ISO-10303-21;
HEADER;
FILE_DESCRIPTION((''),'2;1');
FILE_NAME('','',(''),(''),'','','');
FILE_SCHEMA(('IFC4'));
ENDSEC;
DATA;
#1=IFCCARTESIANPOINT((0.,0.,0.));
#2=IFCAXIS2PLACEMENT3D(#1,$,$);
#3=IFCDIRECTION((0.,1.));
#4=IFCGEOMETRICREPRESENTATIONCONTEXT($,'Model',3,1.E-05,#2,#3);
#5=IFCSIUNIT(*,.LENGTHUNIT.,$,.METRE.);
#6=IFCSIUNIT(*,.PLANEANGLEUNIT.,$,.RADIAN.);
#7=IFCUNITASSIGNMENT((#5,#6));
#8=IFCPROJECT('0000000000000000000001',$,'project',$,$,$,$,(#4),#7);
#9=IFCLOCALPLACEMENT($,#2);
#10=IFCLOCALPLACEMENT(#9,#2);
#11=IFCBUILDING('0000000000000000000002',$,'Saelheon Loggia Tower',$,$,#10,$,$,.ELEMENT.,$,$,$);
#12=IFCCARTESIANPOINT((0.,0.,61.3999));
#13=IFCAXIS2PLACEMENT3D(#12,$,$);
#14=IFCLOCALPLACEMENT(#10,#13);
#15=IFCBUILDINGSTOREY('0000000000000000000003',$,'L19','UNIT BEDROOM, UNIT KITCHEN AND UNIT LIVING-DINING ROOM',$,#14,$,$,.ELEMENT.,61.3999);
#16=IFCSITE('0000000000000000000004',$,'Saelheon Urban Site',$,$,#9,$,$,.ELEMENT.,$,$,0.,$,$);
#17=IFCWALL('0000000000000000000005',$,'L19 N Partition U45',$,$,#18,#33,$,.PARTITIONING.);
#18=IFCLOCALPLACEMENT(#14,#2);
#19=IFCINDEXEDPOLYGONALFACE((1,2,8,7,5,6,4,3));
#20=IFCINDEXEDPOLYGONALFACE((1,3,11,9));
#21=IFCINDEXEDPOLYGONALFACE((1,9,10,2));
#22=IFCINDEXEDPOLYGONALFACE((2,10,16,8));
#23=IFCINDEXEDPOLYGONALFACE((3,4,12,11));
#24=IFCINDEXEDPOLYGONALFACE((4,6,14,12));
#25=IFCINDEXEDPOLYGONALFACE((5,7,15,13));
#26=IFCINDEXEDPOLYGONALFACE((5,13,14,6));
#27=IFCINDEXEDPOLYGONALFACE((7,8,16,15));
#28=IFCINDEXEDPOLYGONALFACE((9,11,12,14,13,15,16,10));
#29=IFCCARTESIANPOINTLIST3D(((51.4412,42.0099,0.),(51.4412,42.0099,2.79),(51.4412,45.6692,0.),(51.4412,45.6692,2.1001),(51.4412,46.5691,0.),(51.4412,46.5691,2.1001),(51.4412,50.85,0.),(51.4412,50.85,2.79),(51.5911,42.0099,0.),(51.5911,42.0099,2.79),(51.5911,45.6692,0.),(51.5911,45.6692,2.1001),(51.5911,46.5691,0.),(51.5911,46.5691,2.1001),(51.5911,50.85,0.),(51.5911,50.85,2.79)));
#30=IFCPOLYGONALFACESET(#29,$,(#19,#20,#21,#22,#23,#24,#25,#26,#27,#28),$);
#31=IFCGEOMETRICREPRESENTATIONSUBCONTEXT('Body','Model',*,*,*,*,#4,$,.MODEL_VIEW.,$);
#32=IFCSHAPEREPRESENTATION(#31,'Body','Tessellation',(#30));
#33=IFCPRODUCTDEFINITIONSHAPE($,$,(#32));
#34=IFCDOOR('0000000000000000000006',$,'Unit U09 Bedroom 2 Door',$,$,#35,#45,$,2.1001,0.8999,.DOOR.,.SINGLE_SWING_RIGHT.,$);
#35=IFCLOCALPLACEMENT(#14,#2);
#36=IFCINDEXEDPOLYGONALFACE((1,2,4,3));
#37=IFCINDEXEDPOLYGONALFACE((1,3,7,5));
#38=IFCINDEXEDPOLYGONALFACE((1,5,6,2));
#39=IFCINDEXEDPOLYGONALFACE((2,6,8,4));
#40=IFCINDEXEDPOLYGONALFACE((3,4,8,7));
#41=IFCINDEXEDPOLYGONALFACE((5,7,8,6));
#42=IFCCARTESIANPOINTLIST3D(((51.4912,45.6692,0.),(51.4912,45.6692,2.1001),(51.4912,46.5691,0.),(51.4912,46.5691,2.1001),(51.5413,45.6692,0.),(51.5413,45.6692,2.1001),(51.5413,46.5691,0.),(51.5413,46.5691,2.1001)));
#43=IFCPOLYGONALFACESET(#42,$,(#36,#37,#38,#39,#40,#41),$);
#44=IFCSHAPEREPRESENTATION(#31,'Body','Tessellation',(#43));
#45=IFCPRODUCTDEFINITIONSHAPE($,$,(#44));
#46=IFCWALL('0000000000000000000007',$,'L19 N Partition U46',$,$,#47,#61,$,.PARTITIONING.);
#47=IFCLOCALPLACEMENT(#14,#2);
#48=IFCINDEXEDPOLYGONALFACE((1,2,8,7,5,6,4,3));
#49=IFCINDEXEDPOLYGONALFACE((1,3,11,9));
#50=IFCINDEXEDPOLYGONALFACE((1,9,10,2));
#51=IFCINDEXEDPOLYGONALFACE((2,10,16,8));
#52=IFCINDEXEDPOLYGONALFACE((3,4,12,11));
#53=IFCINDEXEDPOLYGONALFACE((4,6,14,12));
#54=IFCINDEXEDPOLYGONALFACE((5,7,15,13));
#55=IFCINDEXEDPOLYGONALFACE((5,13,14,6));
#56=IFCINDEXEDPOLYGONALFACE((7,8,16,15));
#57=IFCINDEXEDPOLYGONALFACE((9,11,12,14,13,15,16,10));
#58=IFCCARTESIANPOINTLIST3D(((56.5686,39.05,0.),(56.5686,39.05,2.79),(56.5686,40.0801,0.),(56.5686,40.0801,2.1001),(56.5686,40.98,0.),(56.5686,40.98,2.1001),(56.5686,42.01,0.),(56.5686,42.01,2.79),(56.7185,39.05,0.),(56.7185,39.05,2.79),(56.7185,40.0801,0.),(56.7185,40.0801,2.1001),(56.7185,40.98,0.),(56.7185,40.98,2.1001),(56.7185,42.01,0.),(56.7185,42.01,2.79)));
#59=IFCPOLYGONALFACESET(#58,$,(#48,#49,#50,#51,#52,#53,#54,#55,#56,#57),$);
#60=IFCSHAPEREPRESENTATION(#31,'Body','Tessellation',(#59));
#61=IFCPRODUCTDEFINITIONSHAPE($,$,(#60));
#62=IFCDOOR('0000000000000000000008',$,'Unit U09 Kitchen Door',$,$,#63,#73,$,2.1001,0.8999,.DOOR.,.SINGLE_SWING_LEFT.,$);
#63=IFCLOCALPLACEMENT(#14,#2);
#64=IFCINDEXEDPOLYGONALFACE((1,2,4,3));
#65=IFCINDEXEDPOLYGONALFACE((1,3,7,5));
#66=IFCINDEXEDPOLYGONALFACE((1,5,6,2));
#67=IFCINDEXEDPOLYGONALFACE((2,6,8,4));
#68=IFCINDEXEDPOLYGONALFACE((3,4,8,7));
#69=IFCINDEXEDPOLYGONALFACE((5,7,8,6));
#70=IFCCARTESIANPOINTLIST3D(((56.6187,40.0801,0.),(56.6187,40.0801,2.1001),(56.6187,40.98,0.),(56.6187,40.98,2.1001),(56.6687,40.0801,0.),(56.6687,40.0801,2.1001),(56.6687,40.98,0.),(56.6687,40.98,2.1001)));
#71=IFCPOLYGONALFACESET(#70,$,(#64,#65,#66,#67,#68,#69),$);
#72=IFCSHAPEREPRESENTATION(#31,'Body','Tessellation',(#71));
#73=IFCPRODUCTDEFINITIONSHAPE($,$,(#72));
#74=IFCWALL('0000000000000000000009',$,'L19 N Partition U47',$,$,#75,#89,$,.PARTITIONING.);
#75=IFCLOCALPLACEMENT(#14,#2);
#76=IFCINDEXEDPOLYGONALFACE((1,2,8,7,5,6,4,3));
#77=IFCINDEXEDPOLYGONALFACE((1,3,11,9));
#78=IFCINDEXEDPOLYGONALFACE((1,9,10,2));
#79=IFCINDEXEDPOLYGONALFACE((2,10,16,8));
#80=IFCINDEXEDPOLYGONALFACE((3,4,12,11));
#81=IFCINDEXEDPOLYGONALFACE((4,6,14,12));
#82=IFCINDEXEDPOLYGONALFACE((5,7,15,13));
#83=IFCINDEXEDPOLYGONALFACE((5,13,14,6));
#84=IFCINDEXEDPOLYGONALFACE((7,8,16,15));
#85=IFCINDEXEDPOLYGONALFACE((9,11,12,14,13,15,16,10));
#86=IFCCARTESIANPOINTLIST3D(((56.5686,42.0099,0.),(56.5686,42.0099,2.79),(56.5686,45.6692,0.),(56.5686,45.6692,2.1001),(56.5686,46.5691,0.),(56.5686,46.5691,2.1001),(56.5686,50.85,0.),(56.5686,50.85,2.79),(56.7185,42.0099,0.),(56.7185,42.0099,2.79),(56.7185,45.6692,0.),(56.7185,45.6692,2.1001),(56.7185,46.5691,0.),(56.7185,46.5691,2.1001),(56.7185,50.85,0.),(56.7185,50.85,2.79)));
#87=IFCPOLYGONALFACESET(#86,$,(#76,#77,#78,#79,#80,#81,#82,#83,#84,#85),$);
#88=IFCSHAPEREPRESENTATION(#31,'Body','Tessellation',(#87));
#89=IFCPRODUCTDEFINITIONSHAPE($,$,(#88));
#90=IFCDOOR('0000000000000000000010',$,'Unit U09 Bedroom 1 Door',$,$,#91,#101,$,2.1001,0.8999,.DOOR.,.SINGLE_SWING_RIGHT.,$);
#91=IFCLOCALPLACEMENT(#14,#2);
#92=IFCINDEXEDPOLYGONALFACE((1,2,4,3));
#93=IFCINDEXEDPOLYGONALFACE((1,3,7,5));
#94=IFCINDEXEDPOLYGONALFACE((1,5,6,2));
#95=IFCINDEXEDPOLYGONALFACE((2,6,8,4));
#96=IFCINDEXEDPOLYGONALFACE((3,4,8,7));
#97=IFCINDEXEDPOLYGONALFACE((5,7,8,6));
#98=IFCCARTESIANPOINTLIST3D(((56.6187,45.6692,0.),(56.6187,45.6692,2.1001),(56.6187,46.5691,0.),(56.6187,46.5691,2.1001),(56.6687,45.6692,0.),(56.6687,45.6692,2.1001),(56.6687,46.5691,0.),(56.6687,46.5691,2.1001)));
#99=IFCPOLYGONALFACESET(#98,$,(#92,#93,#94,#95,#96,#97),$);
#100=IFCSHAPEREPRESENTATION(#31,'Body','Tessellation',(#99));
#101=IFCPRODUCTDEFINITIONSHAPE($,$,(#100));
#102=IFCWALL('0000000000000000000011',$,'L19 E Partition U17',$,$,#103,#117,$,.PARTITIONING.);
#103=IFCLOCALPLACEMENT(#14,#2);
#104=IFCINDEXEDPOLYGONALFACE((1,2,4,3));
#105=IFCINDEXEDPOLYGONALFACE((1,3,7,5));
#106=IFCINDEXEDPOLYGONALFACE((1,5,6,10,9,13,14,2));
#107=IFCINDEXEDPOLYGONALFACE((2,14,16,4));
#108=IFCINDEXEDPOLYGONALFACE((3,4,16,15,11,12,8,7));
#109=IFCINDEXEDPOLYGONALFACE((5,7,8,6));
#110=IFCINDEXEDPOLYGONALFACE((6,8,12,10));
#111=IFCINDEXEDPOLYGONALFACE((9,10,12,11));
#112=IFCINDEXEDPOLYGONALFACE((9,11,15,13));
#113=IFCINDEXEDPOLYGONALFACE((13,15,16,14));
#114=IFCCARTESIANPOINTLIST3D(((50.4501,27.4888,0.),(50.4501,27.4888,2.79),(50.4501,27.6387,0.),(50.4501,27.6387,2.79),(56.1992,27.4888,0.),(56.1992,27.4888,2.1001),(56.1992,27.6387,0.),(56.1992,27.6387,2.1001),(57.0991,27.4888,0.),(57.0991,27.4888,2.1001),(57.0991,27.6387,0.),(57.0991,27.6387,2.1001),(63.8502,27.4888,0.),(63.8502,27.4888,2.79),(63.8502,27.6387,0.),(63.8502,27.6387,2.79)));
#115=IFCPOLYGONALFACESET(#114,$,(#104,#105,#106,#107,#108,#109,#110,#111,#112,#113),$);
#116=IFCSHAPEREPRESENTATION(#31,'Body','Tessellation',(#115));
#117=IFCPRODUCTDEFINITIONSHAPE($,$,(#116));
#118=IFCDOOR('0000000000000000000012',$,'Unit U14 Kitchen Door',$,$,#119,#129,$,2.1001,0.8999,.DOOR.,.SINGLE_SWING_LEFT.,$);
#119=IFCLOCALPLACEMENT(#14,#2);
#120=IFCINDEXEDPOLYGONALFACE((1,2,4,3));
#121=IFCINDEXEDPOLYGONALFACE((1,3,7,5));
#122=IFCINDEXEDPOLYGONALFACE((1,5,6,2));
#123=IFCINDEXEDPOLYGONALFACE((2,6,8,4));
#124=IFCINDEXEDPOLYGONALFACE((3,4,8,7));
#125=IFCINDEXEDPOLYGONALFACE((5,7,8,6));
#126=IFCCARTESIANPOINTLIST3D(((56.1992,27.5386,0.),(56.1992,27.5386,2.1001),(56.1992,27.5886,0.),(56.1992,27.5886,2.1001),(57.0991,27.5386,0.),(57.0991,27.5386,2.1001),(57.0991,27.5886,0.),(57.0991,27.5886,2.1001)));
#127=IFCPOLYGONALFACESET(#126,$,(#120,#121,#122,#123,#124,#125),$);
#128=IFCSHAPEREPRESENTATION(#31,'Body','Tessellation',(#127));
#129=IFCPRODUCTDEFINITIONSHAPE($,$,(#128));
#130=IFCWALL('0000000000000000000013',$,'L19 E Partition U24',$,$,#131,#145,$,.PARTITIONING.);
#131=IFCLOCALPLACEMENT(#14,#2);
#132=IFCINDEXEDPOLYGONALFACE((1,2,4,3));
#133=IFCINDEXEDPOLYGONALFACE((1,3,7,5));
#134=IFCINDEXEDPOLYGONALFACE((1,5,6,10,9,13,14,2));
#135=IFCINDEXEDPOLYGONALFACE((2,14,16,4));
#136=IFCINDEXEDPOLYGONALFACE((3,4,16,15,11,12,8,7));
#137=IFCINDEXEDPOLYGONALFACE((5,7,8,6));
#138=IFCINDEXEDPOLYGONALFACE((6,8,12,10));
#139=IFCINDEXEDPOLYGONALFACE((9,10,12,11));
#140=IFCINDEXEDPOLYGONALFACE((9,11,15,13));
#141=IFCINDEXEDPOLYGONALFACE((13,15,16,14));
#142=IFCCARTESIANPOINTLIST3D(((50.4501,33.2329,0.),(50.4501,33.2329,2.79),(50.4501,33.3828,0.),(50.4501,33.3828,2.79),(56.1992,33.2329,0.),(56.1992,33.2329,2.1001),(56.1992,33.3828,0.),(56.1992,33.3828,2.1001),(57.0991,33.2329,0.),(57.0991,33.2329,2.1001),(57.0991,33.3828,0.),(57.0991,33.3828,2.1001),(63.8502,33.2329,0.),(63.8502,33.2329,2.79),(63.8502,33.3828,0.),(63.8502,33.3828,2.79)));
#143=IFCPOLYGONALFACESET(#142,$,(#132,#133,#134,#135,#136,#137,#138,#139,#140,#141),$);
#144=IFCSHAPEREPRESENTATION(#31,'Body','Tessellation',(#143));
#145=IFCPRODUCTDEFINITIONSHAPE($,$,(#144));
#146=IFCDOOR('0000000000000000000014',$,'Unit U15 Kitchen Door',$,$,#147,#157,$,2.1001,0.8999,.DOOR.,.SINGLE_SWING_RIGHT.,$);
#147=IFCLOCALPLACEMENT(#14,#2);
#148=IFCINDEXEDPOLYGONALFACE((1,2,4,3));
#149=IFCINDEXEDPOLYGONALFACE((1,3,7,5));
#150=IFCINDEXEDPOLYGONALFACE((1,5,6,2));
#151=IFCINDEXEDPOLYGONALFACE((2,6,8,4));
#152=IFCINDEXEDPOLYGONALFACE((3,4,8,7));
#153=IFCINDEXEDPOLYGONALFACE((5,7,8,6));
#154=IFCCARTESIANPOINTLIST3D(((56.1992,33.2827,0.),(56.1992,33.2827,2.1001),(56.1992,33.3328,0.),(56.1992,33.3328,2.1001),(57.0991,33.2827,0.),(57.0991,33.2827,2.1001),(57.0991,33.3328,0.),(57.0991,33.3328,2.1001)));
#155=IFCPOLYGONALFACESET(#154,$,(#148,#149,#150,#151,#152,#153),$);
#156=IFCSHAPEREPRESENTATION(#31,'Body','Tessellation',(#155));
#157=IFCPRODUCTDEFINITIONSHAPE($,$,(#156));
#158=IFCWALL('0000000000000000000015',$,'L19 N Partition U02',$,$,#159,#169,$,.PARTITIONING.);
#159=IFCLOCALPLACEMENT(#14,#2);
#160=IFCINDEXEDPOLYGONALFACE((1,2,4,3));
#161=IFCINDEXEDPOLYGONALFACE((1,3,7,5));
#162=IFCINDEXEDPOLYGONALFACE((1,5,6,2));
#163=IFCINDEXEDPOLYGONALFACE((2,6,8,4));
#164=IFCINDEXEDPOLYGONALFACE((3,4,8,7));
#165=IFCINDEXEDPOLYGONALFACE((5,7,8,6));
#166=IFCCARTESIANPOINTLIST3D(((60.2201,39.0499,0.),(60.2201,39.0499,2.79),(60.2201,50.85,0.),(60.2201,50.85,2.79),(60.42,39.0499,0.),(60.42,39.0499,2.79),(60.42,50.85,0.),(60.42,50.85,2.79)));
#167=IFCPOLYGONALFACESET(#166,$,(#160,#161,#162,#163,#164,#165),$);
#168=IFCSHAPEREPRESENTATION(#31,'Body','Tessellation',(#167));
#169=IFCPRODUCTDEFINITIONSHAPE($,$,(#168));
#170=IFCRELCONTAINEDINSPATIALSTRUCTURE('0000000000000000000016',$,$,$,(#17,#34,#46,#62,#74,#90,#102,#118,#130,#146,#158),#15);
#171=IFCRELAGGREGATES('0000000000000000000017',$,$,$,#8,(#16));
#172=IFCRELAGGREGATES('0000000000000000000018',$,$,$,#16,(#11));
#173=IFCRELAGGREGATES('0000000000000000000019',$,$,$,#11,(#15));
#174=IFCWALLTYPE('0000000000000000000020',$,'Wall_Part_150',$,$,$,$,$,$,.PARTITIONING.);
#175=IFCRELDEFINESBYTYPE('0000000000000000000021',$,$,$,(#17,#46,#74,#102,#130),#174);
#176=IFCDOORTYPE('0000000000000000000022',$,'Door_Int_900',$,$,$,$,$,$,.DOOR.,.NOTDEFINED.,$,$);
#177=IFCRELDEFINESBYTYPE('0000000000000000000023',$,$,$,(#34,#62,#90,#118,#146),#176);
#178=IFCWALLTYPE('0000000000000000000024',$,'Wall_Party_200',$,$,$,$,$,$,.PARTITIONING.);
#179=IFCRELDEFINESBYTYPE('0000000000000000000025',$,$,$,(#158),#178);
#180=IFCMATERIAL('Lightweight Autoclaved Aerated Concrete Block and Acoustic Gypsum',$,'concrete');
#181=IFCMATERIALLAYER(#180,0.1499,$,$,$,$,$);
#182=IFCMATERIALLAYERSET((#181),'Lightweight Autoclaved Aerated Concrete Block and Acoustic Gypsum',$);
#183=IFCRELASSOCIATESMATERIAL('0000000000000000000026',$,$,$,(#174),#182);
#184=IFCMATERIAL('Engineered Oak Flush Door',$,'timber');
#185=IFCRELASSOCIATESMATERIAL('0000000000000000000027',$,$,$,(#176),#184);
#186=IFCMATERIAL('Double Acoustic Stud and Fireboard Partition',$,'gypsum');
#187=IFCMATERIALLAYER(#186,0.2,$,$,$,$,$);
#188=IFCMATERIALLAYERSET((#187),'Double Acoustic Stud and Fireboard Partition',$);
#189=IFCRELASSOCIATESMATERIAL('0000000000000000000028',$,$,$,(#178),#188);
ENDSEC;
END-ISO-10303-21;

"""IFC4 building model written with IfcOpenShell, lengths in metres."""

from ifc_helpers import new_model, si_unit, direction, frame, frame_2d, origin, place, context, subcontext, project, spatial, rectangle, extrude, source, transform, mapped, material, layer, layer_set, type_object, element, fill, save


model = new_model("IFC4")

# Units and contexts
model_context = context("Model", 3, precision=1e-05, world=origin(), true_north=direction((0.0, 1.0)))
body_context = subcontext(model_context, "Body", "Model", "MODEL_VIEW")
ifc_project = project(units=[si_unit("LENGTHUNIT", "METRE"), si_unit("PLANEANGLEUNIT", "RADIAN")], contexts=[model_context])

# Site, building, storey
site_placement = place(None, origin())
site = spatial("IfcSite", under=ifc_project, at=site_placement, Name="Saelheon Urban Site", CompositionType="ELEMENT", RefElevation=0.0)
building_placement = place(site_placement, origin())
building = spatial("IfcBuilding", under=site, at=building_placement, Name="Saelheon Loggia Tower", CompositionType="ELEMENT")
storey_placement = place(building_placement, frame((0.0, 0.0, 61.3999)))
storey = spatial("IfcBuildingStorey", under=building, at=storey_placement, Name="L19", Description="UNIT BEDROOM, UNIT KITCHEN AND UNIT LIVING-DINING ROOM", CompositionType="ELEMENT", Elevation=61.3999)

# Shared definitions
ifc_material_1 = material(Name="Lightweight Autoclaved Aerated Concrete Block and Acoustic Gypsum", Category="concrete")
ifc_layer_1 = layer(ifc_material_1, 0.1499)
ifc_layer_set_1 = layer_set([ifc_layer_1], Name="Lightweight Autoclaved Aerated Concrete Block and Acoustic Gypsum")
wall_type_1 = type_object("IfcWallType", Name="Wall_Part_150", PredefinedType="PARTITIONING", material=ifc_layer_set_1)

# Walls, openings, doors
wall_1_placement = place(storey_placement, frame((51.5161, 42.01, 0.0), z_axis=(0.0, 0.0, 1.0), x_axis=(0.0, 1.0, 0.0)))
wall_1 = element("IfcWall", 1, at=wall_1_placement, inside=storey, type_object=wall_type_1, Name="L19 N Partition U45", PredefinedType="PARTITIONING", context=body_context, shape_type="SweptSolid", body=[
    extrude(rectangle(XDim=8.8401, YDim=0.1499, at=frame_2d((4.4199, 0.0))), origin(), (0.0, 0.0, 1.0), 2.79),
])
opening_1_placement = place(wall_1_placement, frame((3.6592, 0.0, 0.0)))
opening_1 = element("IfcOpeningElement", 2, at=opening_1_placement, cuts=wall_1, PredefinedType="OPENING", context=body_context, shape_type="SweptSolid", body=[
    extrude(rectangle(XDim=0.8999, YDim=2.1001, at=frame_2d((0.45, 1.05))), frame((0.0, 0.0869, 0.0), z_axis=(0.0, -1.0, 0.0), x_axis=(1.0, 0.0, 0.0)), (0.0, 0.0, 1.0), 0.1738),
])
ifc_material_2 = material(Name="Engineered Oak Flush Door", Category="timber")
door_type_1 = type_object("IfcDoorType", Name="Door_Int_900", OperationType="NOTDEFINED", PredefinedType="DOOR", material=ifc_material_2)
shared_shape_1 = source(origin(), body_context, "Body", "SweptSolid", [
    extrude(rectangle(XDim=0.8999, YDim=2.1001, at=frame_2d((0.45, 1.05))), frame((0.0, 0.0249, 0.0), z_axis=(0.0, -1.0, 0.0), x_axis=(1.0, 0.0, 0.0)), (0.0, 0.0, 1.0), 0.05),
])
door_1_placement = place(opening_1_placement, origin())
door_1 = element("IfcDoor", 3, at=door_1_placement, inside=storey, type_object=door_type_1, Name="Unit U09 Bedroom 2 Door", OperationType="SINGLE_SWING_RIGHT", OverallHeight=2.1001, OverallWidth=0.8999, PredefinedType="DOOR", context=body_context, shape_type="MappedRepresentation", body=[
    mapped(shared_shape_1, transform((0.0, 0.0, 0.0), scale=1.0)),
])
fill(opening_1, door_1)
wall_2_placement = place(storey_placement, frame((56.6436, 39.05, 0.0), z_axis=(0.0, 0.0, 1.0), x_axis=(0.0, 1.0, 0.0)))
wall_2 = element("IfcWall", 4, at=wall_2_placement, inside=storey, type_object=wall_type_1, Name="L19 N Partition U46", PredefinedType="PARTITIONING", context=body_context, shape_type="SweptSolid", body=[
    extrude(rectangle(XDim=2.96, YDim=0.1499, at=frame_2d((1.48, 0.0))), origin(), (0.0, 0.0, 1.0), 2.79),
])
opening_2_placement = place(wall_2_placement, frame((1.03, 0.0, 0.0)))
opening_2 = element("IfcOpeningElement", 5, at=opening_2_placement, cuts=wall_2, PredefinedType="OPENING", context=body_context, shape_type="SweptSolid", body=[
    extrude(rectangle(XDim=0.8999, YDim=2.1001, at=frame_2d((0.45, 1.05))), frame((0.0, 0.0869, 0.0), z_axis=(0.0, -1.0, 0.0), x_axis=(1.0, 0.0, 0.0)), (0.0, 0.0, 1.0), 0.1738),
])
door_2_placement = place(opening_2_placement, origin())
door_2 = element("IfcDoor", 6, at=door_2_placement, inside=storey, type_object=door_type_1, Name="Unit U09 Kitchen Door", OperationType="SINGLE_SWING_LEFT", OverallHeight=2.1001, OverallWidth=0.8999, PredefinedType="DOOR", context=body_context, shape_type="MappedRepresentation", body=[
    mapped(shared_shape_1, transform((0.0, 0.0, 0.0), scale=1.0)),
])
fill(opening_2, door_2)
wall_3_placement = place(storey_placement, frame((56.6436, 42.01, 0.0), z_axis=(0.0, 0.0, 1.0), x_axis=(0.0, 1.0, 0.0)))
wall_3 = element("IfcWall", 7, at=wall_3_placement, inside=storey, type_object=wall_type_1, Name="L19 N Partition U47", PredefinedType="PARTITIONING", context=body_context, shape_type="SweptSolid", body=[
    extrude(rectangle(XDim=8.8401, YDim=0.1499, at=frame_2d((4.4199, 0.0))), origin(), (0.0, 0.0, 1.0), 2.79),
])
opening_3_placement = place(wall_3_placement, frame((3.6592, 0.0, 0.0)))
opening_3 = element("IfcOpeningElement", 8, at=opening_3_placement, cuts=wall_3, PredefinedType="OPENING", context=body_context, shape_type="SweptSolid", body=[
    extrude(rectangle(XDim=0.8999, YDim=2.1001, at=frame_2d((0.45, 1.05))), frame((0.0, 0.0869, 0.0), z_axis=(0.0, -1.0, 0.0), x_axis=(1.0, 0.0, 0.0)), (0.0, 0.0, 1.0), 0.1738),
])
door_3_placement = place(opening_3_placement, origin())
door_3 = element("IfcDoor", 9, at=door_3_placement, inside=storey, type_object=door_type_1, Name="Unit U09 Bedroom 1 Door", OperationType="SINGLE_SWING_RIGHT", OverallHeight=2.1001, OverallWidth=0.8999, PredefinedType="DOOR", context=body_context, shape_type="MappedRepresentation", body=[
    mapped(shared_shape_1, transform((0.0, 0.0, 0.0), scale=1.0)),
])
fill(opening_3, door_3)
wall_4_placement = place(storey_placement, frame((50.45, 27.5637, 0.0), z_axis=(0.0, 0.0, 1.0), x_axis=(1.0, 0.0, 0.0)))
wall_4 = element("IfcWall", 10, at=wall_4_placement, inside=storey, type_object=wall_type_1, Name="L19 E Partition U17", PredefinedType="PARTITIONING", context=body_context, shape_type="SweptSolid", body=[
    extrude(rectangle(XDim=13.4001, YDim=0.1499, at=frame_2d((6.7002, 0.0))), origin(), (0.0, 0.0, 1.0), 2.79),
])
opening_4_placement = place(wall_4_placement, frame((5.7493, 0.0, 0.0)))
opening_4 = element("IfcOpeningElement", 11, at=opening_4_placement, cuts=wall_4, PredefinedType="OPENING", context=body_context, shape_type="SweptSolid", body=[
    extrude(rectangle(XDim=0.8999, YDim=2.1001, at=frame_2d((0.45, 1.05))), frame((0.0, 0.0869, 0.0), z_axis=(0.0, -1.0, 0.0), x_axis=(1.0, 0.0, 0.0)), (0.0, 0.0, 1.0), 0.1738),
])
door_4_placement = place(opening_4_placement, origin())
door_4 = element("IfcDoor", 12, at=door_4_placement, inside=storey, type_object=door_type_1, Name="Unit U14 Kitchen Door", OperationType="SINGLE_SWING_LEFT", OverallHeight=2.1001, OverallWidth=0.8999, PredefinedType="DOOR", context=body_context, shape_type="MappedRepresentation", body=[
    mapped(shared_shape_1, transform((0.0, 0.0, 0.0), scale=1.0)),
])
fill(opening_4, door_4)
wall_5_placement = place(storey_placement, frame((50.45, 33.3079, 0.0), z_axis=(0.0, 0.0, 1.0), x_axis=(1.0, 0.0, 0.0)))
wall_5 = element("IfcWall", 13, at=wall_5_placement, inside=storey, type_object=wall_type_1, Name="L19 E Partition U24", PredefinedType="PARTITIONING", context=body_context, shape_type="SweptSolid", body=[
    extrude(rectangle(XDim=13.4001, YDim=0.1499, at=frame_2d((6.7002, 0.0))), origin(), (0.0, 0.0, 1.0), 2.79),
])
opening_5_placement = place(wall_5_placement, frame((5.7493, 0.0, 0.0)))
opening_5 = element("IfcOpeningElement", 14, at=opening_5_placement, cuts=wall_5, PredefinedType="OPENING", context=body_context, shape_type="SweptSolid", body=[
    extrude(rectangle(XDim=0.8999, YDim=2.1001, at=frame_2d((0.45, 1.05))), frame((0.0, 0.0869, 0.0), z_axis=(0.0, -1.0, 0.0), x_axis=(1.0, 0.0, 0.0)), (0.0, 0.0, 1.0), 0.1738),
])
door_5_placement = place(opening_5_placement, origin())
door_5 = element("IfcDoor", 15, at=door_5_placement, inside=storey, type_object=door_type_1, Name="Unit U15 Kitchen Door", OperationType="SINGLE_SWING_RIGHT", OverallHeight=2.1001, OverallWidth=0.8999, PredefinedType="DOOR", context=body_context, shape_type="MappedRepresentation", body=[
    mapped(shared_shape_1, transform((0.0, 0.0, 0.0), scale=1.0)),
])
fill(opening_5, door_5)

# Wall
ifc_material_3 = material(Name="Double Acoustic Stud and Fireboard Partition", Category="gypsum")
ifc_layer_2 = layer(ifc_material_3, 0.2)
ifc_layer_set_2 = layer_set([ifc_layer_2], Name="Double Acoustic Stud and Fireboard Partition")
wall_type_2 = type_object("IfcWallType", Name="Wall_Party_200", PredefinedType="PARTITIONING", material=ifc_layer_set_2)
wall_6_placement = place(storey_placement, frame((60.3201, 39.05, 0.0), z_axis=(0.0, 0.0, 1.0), x_axis=(0.0, 1.0, 0.0)))
element("IfcWall", 16, at=wall_6_placement, inside=storey, type_object=wall_type_2, Name="L19 N Partition U02", PredefinedType="PARTITIONING", context=body_context, shape_type="SweptSolid", body=[
    extrude(rectangle(XDim=11.8, YDim=0.2, at=frame_2d((5.8999, 0.0))), origin(), (0.0, 0.0, 1.0), 2.79),
])

save(model, "model.ifc")
